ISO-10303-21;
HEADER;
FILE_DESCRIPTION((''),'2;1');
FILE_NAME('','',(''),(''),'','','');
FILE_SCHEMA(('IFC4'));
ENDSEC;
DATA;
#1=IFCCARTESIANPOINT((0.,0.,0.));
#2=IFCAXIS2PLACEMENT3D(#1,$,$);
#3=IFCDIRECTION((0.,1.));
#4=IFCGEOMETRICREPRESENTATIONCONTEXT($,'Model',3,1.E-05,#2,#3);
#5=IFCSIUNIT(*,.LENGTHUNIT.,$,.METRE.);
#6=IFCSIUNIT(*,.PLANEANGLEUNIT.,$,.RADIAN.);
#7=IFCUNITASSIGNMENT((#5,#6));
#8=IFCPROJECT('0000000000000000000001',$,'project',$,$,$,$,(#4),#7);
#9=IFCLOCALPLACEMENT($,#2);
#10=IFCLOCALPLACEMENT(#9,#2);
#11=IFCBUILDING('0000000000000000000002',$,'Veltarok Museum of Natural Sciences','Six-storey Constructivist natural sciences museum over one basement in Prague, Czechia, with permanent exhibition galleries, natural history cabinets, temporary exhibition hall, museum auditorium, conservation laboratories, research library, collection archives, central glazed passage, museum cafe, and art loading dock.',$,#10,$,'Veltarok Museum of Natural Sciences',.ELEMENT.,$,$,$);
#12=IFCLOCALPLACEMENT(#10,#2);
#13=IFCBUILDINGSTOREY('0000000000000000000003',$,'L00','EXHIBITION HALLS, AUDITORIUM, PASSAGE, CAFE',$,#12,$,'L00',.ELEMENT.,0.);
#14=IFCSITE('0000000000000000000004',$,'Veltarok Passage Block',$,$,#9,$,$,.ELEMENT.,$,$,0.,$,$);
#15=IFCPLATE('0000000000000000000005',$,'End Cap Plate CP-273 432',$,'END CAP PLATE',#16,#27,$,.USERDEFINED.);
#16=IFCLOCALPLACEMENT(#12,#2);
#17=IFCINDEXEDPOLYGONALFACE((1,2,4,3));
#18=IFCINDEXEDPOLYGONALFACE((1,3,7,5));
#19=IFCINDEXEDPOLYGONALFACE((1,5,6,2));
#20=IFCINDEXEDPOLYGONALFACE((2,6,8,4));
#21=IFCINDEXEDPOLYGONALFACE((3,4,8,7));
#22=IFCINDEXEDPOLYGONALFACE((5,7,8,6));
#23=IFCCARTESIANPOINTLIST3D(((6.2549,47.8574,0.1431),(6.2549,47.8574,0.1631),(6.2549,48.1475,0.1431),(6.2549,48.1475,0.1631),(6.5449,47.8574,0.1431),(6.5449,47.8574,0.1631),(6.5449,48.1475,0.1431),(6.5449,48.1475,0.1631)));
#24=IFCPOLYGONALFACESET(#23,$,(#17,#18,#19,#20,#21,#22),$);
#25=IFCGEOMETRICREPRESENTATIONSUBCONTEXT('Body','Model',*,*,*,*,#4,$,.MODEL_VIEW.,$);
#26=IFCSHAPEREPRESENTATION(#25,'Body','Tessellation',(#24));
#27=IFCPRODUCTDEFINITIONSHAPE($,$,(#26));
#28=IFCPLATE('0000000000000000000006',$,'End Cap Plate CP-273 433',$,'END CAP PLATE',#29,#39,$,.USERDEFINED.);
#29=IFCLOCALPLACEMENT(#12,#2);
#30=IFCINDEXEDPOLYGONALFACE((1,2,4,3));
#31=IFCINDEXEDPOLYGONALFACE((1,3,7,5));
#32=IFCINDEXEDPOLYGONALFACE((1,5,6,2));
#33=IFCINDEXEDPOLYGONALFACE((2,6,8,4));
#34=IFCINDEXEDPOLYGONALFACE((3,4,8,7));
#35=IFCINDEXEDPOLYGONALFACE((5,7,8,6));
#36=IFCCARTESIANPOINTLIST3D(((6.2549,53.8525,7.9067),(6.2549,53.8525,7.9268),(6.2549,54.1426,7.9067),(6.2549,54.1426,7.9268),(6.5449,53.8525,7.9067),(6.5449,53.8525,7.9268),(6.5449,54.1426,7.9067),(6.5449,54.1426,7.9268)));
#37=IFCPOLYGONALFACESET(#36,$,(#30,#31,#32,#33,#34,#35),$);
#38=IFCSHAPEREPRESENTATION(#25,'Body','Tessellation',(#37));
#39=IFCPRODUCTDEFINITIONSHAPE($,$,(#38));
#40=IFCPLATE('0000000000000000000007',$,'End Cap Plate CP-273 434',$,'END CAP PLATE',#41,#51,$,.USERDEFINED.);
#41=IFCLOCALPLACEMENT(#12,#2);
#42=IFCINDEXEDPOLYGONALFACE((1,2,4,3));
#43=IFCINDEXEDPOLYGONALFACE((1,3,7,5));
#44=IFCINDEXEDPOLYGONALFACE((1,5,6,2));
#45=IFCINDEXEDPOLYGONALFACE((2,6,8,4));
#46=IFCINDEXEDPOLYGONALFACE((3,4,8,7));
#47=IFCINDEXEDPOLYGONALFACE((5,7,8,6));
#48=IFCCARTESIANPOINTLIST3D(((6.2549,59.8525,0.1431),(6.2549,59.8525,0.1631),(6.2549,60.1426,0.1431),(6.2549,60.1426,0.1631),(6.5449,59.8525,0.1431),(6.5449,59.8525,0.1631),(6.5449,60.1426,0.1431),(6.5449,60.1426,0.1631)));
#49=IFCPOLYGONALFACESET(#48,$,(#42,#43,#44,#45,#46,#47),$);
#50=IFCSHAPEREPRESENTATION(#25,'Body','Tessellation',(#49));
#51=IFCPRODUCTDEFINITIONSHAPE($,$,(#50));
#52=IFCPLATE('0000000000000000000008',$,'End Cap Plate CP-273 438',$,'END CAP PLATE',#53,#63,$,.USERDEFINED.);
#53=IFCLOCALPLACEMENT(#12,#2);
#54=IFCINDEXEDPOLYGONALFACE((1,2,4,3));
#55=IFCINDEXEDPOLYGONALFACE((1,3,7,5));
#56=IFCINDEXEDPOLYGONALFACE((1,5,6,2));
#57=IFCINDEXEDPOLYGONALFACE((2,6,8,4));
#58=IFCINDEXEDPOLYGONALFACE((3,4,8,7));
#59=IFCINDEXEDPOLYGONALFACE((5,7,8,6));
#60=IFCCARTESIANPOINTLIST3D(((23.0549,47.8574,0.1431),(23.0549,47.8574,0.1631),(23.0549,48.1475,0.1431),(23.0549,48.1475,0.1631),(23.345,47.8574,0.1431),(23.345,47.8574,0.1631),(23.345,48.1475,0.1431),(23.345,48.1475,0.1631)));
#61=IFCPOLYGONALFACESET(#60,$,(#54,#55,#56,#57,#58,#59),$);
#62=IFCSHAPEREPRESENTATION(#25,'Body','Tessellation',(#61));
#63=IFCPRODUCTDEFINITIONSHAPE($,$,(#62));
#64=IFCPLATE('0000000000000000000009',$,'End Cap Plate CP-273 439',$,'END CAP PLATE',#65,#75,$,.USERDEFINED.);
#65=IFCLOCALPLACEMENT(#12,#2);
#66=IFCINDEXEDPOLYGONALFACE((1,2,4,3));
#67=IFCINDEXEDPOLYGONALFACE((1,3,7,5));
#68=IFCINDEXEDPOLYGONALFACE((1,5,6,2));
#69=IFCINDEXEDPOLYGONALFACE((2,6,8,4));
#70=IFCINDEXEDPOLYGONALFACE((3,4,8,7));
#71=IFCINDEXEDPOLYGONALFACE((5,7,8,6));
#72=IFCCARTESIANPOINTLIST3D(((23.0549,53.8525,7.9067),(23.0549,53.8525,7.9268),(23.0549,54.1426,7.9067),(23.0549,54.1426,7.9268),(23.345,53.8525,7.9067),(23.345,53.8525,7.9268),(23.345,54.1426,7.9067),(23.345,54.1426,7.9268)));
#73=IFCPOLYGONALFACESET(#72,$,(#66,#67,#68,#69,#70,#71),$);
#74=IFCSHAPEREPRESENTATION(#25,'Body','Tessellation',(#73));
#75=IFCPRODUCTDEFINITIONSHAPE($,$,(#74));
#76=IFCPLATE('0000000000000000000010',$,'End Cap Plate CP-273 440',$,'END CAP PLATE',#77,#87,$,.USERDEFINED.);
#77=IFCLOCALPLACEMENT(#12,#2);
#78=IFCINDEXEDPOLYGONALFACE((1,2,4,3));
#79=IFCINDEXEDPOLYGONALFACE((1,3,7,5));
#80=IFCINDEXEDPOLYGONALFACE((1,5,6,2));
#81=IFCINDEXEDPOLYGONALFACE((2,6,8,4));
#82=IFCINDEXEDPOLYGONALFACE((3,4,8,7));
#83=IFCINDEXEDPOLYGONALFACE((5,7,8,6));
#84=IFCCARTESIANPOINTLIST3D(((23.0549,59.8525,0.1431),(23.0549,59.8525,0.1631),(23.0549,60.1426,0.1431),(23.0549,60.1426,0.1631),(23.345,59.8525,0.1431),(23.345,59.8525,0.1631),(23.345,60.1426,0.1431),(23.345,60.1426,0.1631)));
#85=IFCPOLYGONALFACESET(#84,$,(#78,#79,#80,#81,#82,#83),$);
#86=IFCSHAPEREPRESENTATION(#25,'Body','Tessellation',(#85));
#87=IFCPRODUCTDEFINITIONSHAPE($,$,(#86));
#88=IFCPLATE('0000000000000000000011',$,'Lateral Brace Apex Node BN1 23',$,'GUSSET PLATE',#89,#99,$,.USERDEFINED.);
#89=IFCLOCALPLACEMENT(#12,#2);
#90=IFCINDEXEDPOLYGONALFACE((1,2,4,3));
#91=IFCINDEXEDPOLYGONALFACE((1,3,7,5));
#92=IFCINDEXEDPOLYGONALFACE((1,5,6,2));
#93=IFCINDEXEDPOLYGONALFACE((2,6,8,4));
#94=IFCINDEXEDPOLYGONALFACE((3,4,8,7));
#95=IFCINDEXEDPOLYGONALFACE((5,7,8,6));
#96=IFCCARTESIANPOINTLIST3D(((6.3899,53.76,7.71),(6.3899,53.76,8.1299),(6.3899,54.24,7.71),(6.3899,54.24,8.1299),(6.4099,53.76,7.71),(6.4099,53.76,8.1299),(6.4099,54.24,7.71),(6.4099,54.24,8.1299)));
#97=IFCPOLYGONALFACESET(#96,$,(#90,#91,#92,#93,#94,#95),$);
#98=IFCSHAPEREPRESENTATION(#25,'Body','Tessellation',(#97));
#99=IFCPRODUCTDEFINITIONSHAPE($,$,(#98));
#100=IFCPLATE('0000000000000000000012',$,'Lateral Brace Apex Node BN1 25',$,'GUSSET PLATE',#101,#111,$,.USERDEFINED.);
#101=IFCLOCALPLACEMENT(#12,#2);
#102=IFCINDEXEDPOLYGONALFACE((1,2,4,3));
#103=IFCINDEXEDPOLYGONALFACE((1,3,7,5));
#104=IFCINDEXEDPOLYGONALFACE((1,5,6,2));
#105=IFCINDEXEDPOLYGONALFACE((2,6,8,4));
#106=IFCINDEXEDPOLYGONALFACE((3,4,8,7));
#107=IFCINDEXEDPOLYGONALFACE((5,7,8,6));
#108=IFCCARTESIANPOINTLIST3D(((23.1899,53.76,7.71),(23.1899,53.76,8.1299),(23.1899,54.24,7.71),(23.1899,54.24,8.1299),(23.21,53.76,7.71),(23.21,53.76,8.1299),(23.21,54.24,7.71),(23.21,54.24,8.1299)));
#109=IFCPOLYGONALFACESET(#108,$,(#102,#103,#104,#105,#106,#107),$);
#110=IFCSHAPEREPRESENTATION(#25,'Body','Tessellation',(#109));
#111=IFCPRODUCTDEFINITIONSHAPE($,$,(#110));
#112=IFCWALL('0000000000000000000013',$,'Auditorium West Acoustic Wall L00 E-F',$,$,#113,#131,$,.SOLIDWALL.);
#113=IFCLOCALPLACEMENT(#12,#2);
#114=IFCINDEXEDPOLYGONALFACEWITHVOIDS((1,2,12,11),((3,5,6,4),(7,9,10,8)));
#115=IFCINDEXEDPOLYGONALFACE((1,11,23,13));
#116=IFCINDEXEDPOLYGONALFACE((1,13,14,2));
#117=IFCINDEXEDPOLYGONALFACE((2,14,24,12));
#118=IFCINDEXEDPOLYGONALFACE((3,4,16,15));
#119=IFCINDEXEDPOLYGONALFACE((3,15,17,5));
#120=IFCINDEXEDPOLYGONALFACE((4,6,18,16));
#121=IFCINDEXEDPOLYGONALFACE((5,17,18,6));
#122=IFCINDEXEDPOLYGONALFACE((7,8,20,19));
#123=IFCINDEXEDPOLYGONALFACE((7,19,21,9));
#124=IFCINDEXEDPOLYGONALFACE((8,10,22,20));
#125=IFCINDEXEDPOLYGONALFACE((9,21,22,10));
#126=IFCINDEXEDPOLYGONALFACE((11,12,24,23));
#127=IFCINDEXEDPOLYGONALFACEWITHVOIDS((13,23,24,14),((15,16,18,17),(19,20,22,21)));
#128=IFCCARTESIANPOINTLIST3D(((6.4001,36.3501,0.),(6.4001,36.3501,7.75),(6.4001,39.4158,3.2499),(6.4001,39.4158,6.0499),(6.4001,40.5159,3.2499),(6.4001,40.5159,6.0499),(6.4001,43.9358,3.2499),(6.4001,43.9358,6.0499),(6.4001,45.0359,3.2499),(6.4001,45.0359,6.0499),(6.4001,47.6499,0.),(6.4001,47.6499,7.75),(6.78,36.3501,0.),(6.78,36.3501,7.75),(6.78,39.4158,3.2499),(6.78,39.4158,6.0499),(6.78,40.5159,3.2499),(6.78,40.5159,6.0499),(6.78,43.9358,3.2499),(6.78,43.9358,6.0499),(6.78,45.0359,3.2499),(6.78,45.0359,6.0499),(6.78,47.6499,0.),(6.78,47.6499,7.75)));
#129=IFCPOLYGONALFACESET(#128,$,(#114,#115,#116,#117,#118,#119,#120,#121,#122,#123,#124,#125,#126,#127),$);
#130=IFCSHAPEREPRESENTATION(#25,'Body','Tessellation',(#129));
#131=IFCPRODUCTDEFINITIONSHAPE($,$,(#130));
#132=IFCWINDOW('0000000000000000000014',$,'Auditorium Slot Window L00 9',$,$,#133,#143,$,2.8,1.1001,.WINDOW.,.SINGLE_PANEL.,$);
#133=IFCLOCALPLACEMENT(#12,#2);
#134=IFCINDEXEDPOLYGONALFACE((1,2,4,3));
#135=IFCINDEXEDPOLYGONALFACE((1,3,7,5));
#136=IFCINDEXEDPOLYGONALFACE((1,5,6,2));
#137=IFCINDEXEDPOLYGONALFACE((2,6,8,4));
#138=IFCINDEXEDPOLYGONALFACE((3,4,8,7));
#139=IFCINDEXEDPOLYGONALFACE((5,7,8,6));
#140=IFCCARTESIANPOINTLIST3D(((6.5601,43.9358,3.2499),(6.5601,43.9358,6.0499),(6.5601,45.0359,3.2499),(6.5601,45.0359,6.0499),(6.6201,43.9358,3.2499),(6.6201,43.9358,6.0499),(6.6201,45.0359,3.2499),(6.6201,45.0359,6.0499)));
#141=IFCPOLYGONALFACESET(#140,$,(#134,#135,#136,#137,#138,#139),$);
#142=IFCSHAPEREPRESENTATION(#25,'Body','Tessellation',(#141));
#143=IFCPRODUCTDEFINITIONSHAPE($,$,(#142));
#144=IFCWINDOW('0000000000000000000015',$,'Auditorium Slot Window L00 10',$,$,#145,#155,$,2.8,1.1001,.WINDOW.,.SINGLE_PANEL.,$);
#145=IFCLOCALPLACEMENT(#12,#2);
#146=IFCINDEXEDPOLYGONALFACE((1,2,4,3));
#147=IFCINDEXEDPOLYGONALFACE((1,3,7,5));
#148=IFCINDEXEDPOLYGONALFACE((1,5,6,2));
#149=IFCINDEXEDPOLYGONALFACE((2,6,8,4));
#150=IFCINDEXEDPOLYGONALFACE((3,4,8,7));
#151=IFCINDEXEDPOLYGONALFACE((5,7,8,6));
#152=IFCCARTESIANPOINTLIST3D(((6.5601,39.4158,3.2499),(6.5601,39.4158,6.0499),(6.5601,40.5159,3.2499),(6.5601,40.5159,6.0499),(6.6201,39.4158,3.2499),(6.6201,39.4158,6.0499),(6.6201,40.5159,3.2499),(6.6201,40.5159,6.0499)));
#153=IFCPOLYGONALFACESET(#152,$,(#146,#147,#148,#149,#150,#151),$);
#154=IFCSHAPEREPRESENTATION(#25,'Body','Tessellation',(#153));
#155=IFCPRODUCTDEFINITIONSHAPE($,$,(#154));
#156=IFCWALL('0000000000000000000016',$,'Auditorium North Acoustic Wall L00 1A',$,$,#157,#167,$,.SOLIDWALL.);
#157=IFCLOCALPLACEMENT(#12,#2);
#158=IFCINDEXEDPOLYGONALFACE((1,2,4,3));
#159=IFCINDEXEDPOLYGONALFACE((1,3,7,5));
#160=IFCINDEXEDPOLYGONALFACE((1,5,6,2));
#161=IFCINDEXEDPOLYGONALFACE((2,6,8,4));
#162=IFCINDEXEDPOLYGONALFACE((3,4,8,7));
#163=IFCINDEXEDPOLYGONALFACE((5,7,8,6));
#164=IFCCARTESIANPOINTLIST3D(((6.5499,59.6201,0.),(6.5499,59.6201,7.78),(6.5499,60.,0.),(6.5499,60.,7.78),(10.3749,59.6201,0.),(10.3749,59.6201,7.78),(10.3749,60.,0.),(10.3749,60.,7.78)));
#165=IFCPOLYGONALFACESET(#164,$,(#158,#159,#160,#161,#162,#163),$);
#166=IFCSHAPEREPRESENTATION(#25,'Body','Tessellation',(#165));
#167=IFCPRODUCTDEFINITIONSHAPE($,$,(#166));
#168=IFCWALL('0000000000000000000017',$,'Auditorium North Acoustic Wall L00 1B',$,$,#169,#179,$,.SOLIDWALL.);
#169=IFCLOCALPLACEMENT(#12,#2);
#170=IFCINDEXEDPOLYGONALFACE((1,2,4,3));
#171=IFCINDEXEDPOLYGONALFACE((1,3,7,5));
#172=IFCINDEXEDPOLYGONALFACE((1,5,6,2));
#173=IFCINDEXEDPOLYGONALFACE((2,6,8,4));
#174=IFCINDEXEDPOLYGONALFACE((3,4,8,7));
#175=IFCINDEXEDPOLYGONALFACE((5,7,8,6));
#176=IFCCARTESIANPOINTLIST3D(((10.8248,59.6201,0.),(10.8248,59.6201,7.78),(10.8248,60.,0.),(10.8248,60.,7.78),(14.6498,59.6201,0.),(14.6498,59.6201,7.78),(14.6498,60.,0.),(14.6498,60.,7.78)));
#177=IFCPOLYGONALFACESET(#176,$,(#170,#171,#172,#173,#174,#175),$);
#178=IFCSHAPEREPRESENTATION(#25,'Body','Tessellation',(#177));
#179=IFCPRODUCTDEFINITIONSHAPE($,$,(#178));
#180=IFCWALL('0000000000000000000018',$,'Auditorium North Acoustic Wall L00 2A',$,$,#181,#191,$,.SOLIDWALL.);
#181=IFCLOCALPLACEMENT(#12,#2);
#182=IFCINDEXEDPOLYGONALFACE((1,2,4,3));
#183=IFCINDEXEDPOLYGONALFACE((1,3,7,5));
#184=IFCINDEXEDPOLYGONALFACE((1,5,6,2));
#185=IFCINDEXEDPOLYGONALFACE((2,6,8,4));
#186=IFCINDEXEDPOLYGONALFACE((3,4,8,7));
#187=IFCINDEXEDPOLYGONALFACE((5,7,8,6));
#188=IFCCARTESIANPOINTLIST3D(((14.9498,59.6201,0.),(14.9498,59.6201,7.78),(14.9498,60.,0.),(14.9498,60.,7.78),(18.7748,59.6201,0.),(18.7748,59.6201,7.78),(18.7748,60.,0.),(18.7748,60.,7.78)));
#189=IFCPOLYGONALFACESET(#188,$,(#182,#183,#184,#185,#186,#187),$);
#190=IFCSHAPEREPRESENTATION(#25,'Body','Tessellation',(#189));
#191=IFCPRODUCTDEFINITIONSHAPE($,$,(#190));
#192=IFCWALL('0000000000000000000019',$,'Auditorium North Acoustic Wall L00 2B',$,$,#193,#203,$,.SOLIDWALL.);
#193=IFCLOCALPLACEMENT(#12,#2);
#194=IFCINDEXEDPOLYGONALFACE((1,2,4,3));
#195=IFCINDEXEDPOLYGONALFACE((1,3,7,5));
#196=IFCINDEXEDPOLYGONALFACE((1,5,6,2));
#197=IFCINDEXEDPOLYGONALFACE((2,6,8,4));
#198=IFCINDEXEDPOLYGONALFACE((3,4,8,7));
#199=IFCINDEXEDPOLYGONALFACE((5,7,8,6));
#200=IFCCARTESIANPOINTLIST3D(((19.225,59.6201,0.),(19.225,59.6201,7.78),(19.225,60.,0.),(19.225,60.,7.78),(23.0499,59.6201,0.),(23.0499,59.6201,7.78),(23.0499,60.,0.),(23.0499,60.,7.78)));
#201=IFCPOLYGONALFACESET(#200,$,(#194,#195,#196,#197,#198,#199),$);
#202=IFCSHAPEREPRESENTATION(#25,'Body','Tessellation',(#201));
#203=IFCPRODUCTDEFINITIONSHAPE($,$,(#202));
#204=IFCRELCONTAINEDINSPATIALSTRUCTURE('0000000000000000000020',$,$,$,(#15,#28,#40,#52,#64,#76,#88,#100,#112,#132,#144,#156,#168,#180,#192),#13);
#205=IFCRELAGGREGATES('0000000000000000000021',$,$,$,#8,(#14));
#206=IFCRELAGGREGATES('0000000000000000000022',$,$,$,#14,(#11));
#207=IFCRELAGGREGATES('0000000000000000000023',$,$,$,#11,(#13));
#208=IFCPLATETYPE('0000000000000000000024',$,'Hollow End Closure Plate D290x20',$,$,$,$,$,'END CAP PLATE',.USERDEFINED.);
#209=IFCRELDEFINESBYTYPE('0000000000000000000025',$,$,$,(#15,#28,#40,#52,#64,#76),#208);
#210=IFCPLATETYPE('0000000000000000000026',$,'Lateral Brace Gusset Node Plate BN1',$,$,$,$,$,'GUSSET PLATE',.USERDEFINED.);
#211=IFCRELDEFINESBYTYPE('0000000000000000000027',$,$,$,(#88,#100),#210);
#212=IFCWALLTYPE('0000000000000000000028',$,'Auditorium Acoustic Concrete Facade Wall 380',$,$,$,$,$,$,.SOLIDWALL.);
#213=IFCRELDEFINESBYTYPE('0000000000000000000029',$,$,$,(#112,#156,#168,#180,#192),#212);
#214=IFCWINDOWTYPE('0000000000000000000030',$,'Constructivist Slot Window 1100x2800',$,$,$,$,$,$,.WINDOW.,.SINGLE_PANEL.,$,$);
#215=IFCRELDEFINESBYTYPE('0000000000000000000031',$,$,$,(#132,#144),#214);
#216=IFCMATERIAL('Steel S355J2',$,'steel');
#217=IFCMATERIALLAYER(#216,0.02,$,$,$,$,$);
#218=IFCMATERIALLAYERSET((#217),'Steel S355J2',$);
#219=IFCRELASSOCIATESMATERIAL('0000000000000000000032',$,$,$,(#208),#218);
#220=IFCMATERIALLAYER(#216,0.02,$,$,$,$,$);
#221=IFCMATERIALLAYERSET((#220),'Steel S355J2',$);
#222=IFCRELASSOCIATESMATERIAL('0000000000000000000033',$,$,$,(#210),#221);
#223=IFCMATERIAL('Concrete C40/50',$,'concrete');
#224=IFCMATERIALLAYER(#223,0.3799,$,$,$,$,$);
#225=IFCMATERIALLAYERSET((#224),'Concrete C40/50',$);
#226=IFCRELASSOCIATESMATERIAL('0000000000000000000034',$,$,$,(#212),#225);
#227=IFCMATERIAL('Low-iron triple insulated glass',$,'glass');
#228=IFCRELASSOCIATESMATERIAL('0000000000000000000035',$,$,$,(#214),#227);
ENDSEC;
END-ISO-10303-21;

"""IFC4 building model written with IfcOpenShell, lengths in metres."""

from ifc_helpers import new_model, si_unit, direction, frame, frame_2d, origin, origin_2d, place, context, subcontext, project, spatial, rectangle, extrude, material, layer, layer_set, type_object, element, fill, save


model = new_model("IFC4")

# Units and contexts
model_context = context("Model", 3, precision=1e-05, world=origin(), true_north=direction((0.0, 1.0)))
body_context = subcontext(model_context, "Body", "Model", "MODEL_VIEW")
ifc_project = project(units=[si_unit("LENGTHUNIT", "METRE"), si_unit("PLANEANGLEUNIT", "RADIAN")], contexts=[model_context])

# Site, building, storey
site_placement = place(None, origin())
site = spatial("IfcSite", under=ifc_project, at=site_placement, Name="Veltarok Passage Block", CompositionType="ELEMENT", RefElevation=0.0)
building_placement = place(site_placement, origin())
building = spatial("IfcBuilding", under=site, at=building_placement, Name="Veltarok Museum of Natural Sciences", Description="Six-storey Constructivist natural sciences museum over one basement in Prague, Czechia, with permanent exhibition galleries, natural history cabinets, temporary exhibition hall, museum auditorium, conservation laboratories, research library, collection archives, central glazed passage, museum cafe, and art loading dock.", LongName="Veltarok Museum of Natural Sciences", CompositionType="ELEMENT")
storey_placement = place(building_placement, origin())
storey = spatial("IfcBuildingStorey", under=building, at=storey_placement, Name="L00", Description="EXHIBITION HALLS, AUDITORIUM, PASSAGE, CAFE", LongName="L00", CompositionType="ELEMENT", Elevation=0.0)

# Shared definitions
ifc_material_1 = material(Name="Concrete C40/50", Category="concrete")
ifc_material_2 = material(Name="Steel S355J2", Category="steel")

# Plates
ifc_layer_1 = layer(ifc_material_2, 0.02)
ifc_layer_set_1 = layer_set([ifc_layer_1], Name="Steel S355J2")
plate_type_1 = type_object("IfcPlateType", Name="Hollow End Closure Plate D290x20", ElementType="END CAP PLATE", PredefinedType="USERDEFINED", material=ifc_layer_set_1)
for number, where, z_axis, x_axis, name in (
    (1, (6.3999, 48.0024, 0.1431), (0.0, 0.0, 1.0), (0.0, 1.0, 0.0), "End Cap Plate CP-273 432"),
    (2, (6.3999, 53.9976, 7.9067), (0.0, 0.0, 1.0), (0.0, 1.0, 0.0), "End Cap Plate CP-273 433"),
    (3, (6.3999, 59.9976, 0.1431), (0.0, 0.0, 1.0), (0.0, 1.0, 0.0), "End Cap Plate CP-273 434"),
    (4, (23.2, 48.0024, 0.1431), (0.0, 0.0, 1.0), (0.0, 1.0, 0.0), "End Cap Plate CP-273 438"),
    (5, (23.2, 53.9976, 7.9067), (0.0, 0.0, 1.0), (0.0, 1.0, 0.0), "End Cap Plate CP-273 439"),
    (6, (23.2, 59.9976, 0.1431), (0.0, 0.0, 1.0), (0.0, 1.0, 0.0), "End Cap Plate CP-273 440"),
):
    element("IfcPlate", number, at=place(storey_placement, frame(where, z_axis=z_axis, x_axis=x_axis)), inside=storey, type_object=plate_type_1, Name=name, ObjectType="END CAP PLATE", PredefinedType="USERDEFINED", context=body_context, shape_type="SweptSolid", body=[
        extrude(rectangle(XDim=0.29, YDim=0.29, at=origin_2d()), origin(), (0.0, 0.0, 1.0), 0.02),
    ])
ifc_layer_2 = layer(ifc_material_2, 0.02)
ifc_layer_set_2 = layer_set([ifc_layer_2], Name="Steel S355J2")
plate_type_2 = type_object("IfcPlateType", Name="Lateral Brace Gusset Node Plate BN1", ElementType="GUSSET PLATE", PredefinedType="USERDEFINED", material=ifc_layer_set_2)
for number, where, z_axis, x_axis, name in (
    (7, (6.3999, 54.0, 7.71), (0.0, 0.0, 1.0), (1.0, 0.0, 0.0), "Lateral Brace Apex Node BN1 23"),
    (8, (23.2, 54.0, 7.71), (0.0, 0.0, 1.0), (1.0, 0.0, 0.0), "Lateral Brace Apex Node BN1 25"),
):
    element("IfcPlate", number, at=place(storey_placement, frame(where, z_axis=z_axis, x_axis=x_axis)), inside=storey, type_object=plate_type_2, Name=name, ObjectType="GUSSET PLATE", PredefinedType="USERDEFINED", context=body_context, shape_type="SweptSolid", body=[
        extrude(rectangle(XDim=0.02, YDim=0.48, at=origin_2d()), origin(), (0.0, 0.0, 1.0), 0.4199),
    ])

# Wall, openings, windows
ifc_layer_3 = layer(ifc_material_1, 0.3799)
ifc_layer_set_3 = layer_set([ifc_layer_3], Name="Concrete C40/50")
wall_type_1 = type_object("IfcWallType", Name="Auditorium Acoustic Concrete Facade Wall 380", PredefinedType="SOLIDWALL", material=ifc_layer_set_3)
wall_1_placement = place(storey_placement, frame((6.5901, 47.6499, 0.0), z_axis=(0.0, 0.0, 1.0), x_axis=(0.0, -1.0, 0.0)))
wall_1 = element("IfcWall", 9, at=wall_1_placement, inside=storey, type_object=wall_type_1, Name="Auditorium West Acoustic Wall L00 E-F", PredefinedType="SOLIDWALL", context=body_context, shape_type="SweptSolid", body=[
    extrude(rectangle(XDim=11.2998, YDim=0.3799, at=frame_2d((5.6499, 0.0))), origin(), (0.0, 0.0, 1.0), 7.75),
])
opening_1_placement = place(wall_1_placement, frame((2.614, 0.0, 3.25)))
opening_1 = element("IfcOpeningElement", 10, at=opening_1_placement, cuts=wall_1, PredefinedType="OPENING", context=body_context, shape_type="SweptSolid", body=[
    extrude(rectangle(XDim=1.1001, YDim=2.8, at=frame_2d((0.55, 1.3999))), frame((0.0, 0.2, 0.0), z_axis=(0.0, -1.0, 0.0), x_axis=(1.0, 0.0, 0.0)), (0.0, 0.0, 1.0), 0.3999),
])
opening_2_placement = place(wall_1_placement, frame((7.134, 0.0, 3.25)))
opening_2 = element("IfcOpeningElement", 11, at=opening_2_placement, cuts=wall_1, PredefinedType="OPENING", context=body_context, shape_type="SweptSolid", body=[
    extrude(rectangle(XDim=1.1001, YDim=2.8, at=frame_2d((0.55, 1.3999))), frame((0.0, 0.2, 0.0), z_axis=(0.0, -1.0, 0.0), x_axis=(1.0, 0.0, 0.0)), (0.0, 0.0, 1.0), 0.3999),
])
ifc_material_3 = material(Name="Low-iron triple insulated glass", Category="glass")
window_type = type_object("IfcWindowType", Name="Constructivist Slot Window 1100x2800", PartitioningType="SINGLE_PANEL", PredefinedType="WINDOW", material=ifc_material_3)
window_1_placement = place(opening_1_placement, origin())
window_1 = element("IfcWindow", 12, at=window_1_placement, inside=storey, type_object=window_type, Name="Auditorium Slot Window L00 9", OverallHeight=2.8, OverallWidth=1.1001, PartitioningType="SINGLE_PANEL", PredefinedType="WINDOW", context=body_context, shape_type="SweptSolid", body=[
    extrude(rectangle(XDim=1.1001, YDim=2.8, at=frame_2d((0.55, 1.3999))), frame((0.0, 0.03, 0.0), z_axis=(0.0, -1.0, 0.0), x_axis=(1.0, 0.0, 0.0)), (0.0, 0.0, 1.0), 0.0601),
])
fill(opening_1, window_1)
window_2_placement = place(opening_2_placement, origin())
window_2 = element("IfcWindow", 13, at=window_2_placement, inside=storey, type_object=window_type, Name="Auditorium Slot Window L00 10", OverallHeight=2.8, OverallWidth=1.1001, PartitioningType="SINGLE_PANEL", PredefinedType="WINDOW", context=body_context, shape_type="SweptSolid", body=[
    extrude(rectangle(XDim=1.1001, YDim=2.8, at=frame_2d((0.55, 1.3999))), frame((0.0, 0.03, 0.0), z_axis=(0.0, -1.0, 0.0), x_axis=(1.0, 0.0, 0.0)), (0.0, 0.0, 1.0), 0.0601),
])
fill(opening_2, window_2)

# Walls
for number, where, z_axis, x_axis, name in (
    (14, (10.375, 59.8101, 0.0), (0.0, 0.0, 1.0), (-1.0, 0.0, 0.0), "Auditorium North Acoustic Wall L00 1A"),
    (15, (14.6499, 59.8101, 0.0), (0.0, 0.0, 1.0), (-1.0, 0.0, 0.0), "Auditorium North Acoustic Wall L00 1B"),
    (16, (18.7749, 59.8101, 0.0), (0.0, 0.0, 1.0), (-1.0, 0.0, 0.0), "Auditorium North Acoustic Wall L00 2A"),
    (17, (23.05, 59.8101, 0.0), (0.0, 0.0, 1.0), (-1.0, 0.0, 0.0), "Auditorium North Acoustic Wall L00 2B"),
):
    element("IfcWall", number, at=place(storey_placement, frame(where, z_axis=z_axis, x_axis=x_axis)), inside=storey, type_object=wall_type_1, Name=name, PredefinedType="SOLIDWALL", context=body_context, shape_type="SweptSolid", body=[
        extrude(rectangle(XDim=3.825, YDim=0.3799, at=frame_2d((1.9126, 0.0))), origin(), (0.0, 0.0, 1.0), 7.78),
    ])

save(model, "model.ifc")
